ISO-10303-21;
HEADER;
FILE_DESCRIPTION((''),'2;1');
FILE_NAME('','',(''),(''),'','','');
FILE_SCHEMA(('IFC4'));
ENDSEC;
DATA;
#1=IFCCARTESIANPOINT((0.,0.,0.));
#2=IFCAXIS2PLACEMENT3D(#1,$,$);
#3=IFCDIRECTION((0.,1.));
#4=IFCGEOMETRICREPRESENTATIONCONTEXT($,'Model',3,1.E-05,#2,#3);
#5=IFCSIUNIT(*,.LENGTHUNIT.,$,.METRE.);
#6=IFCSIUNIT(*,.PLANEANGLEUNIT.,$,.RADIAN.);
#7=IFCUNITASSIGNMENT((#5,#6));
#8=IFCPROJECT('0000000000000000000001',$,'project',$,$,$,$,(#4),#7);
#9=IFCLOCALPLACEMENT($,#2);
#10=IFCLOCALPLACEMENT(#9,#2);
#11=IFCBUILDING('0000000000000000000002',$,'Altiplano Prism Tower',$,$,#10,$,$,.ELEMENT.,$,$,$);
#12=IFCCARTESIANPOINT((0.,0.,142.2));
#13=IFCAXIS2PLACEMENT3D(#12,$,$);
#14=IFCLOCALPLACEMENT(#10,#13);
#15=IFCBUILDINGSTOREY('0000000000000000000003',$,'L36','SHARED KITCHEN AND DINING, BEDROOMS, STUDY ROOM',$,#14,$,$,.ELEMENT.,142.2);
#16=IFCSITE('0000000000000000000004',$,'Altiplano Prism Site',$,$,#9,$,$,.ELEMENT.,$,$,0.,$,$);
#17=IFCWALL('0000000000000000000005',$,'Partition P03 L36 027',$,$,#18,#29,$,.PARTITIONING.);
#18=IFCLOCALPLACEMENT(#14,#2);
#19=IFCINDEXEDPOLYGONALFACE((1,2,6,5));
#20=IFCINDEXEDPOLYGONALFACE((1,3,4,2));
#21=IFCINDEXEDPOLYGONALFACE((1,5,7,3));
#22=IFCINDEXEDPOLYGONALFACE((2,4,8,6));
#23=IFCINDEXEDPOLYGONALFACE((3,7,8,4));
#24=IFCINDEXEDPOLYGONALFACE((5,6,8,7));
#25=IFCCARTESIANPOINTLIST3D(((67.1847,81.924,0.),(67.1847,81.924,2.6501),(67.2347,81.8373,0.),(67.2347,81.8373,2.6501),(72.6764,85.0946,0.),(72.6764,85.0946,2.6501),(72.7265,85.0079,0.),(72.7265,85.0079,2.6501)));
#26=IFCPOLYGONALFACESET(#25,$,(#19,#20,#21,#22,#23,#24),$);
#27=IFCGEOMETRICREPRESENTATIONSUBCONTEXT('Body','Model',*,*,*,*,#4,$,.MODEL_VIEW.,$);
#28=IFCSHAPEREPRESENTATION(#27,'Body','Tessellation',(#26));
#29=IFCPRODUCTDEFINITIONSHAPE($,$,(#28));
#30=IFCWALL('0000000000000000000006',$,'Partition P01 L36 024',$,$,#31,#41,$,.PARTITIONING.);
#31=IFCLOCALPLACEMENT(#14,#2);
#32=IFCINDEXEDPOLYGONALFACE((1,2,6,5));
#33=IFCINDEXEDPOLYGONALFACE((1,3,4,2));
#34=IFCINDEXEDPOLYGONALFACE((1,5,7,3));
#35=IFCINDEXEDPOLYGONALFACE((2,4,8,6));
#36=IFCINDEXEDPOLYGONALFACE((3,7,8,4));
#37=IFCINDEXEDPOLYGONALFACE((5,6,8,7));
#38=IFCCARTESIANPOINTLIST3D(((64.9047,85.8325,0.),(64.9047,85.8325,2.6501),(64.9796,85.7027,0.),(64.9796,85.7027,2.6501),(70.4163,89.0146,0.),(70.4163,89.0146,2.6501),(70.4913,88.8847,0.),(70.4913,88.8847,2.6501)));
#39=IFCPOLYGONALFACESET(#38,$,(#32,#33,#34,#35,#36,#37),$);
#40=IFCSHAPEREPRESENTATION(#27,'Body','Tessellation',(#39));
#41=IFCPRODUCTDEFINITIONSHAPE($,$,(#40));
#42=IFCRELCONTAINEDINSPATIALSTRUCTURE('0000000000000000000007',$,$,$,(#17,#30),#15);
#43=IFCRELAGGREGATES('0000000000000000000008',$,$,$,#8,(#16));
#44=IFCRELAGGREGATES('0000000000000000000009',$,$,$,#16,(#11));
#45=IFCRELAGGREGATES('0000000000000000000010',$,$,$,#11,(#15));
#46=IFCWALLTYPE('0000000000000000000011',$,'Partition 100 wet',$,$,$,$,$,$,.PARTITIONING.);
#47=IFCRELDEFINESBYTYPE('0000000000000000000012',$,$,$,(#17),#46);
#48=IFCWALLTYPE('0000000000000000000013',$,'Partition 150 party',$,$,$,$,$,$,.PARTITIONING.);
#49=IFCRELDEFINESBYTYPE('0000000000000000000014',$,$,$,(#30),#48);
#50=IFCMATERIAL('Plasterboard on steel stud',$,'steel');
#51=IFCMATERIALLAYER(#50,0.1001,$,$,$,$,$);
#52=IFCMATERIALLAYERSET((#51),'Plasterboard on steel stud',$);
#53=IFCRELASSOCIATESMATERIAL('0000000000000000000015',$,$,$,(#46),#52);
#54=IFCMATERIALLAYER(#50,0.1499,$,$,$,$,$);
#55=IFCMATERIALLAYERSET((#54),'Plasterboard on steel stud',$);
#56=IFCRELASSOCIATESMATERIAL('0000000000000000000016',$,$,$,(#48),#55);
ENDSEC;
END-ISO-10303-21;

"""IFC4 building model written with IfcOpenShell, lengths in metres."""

from ifc_helpers import new_model, si_unit, direction, frame, frame_2d, origin, place, context, subcontext, project, spatial, rectangle, extrude, material, layer, layer_set, type_object, element, save


model = new_model("IFC4")

# Units and contexts
model_context = context("Model", 3, precision=1e-05, world=origin(), true_north=direction((0.0, 1.0)))
body_context = subcontext(model_context, "Body", "Model", "MODEL_VIEW")
ifc_project = project(units=[si_unit("LENGTHUNIT", "METRE"), si_unit("PLANEANGLEUNIT", "RADIAN")], contexts=[model_context])

# Site, building, storey
site_placement = place(None, origin())
site = spatial("IfcSite", under=ifc_project, at=site_placement, Name="Altiplano Prism Site", CompositionType="ELEMENT", RefElevation=0.0)
building_placement = place(site_placement, origin())
building = spatial("IfcBuilding", under=site, at=building_placement, Name="Altiplano Prism Tower", CompositionType="ELEMENT")
storey_placement = place(building_placement, frame((0.0, 0.0, 142.2)))
storey = spatial("IfcBuildingStorey", under=building, at=storey_placement, Name="L36", Description="SHARED KITCHEN AND DINING, BEDROOMS, STUDY ROOM", CompositionType="ELEMENT", Elevation=142.2)

# Walls
ifc_material_1 = material(Name="Plasterboard on steel stud", Category="steel")
ifc_layer_1 = layer(ifc_material_1, 0.1001)
ifc_layer_set_1 = layer_set([ifc_layer_1], Name="Plasterboard on steel stud")
wall_type_1 = type_object("IfcWallType", Name="Partition 100 wet", PredefinedType="PARTITIONING", material=ifc_layer_set_1)
wall_1_placement = place(storey_placement, frame((67.2097, 81.8806, 0.0), z_axis=(0.0, 0.0, 1.0), x_axis=(0.866024, 0.500002, 0.0)))
element("IfcWall", 1, at=wall_1_placement, inside=storey, type_object=wall_type_1, Name="Partition P03 L36 027", PredefinedType="PARTITIONING", context=body_context, shape_type="SweptSolid", body=[
    extrude(rectangle(XDim=6.3413, YDim=0.1001, at=frame_2d((3.1707, 0.0))), origin(), (0.0, 0.0, 1.0), 2.6501),
])
ifc_layer_2 = layer(ifc_material_1, 0.1499)
ifc_layer_set_2 = layer_set([ifc_layer_2], Name="Plasterboard on steel stud")
wall_type_2 = type_object("IfcWallType", Name="Partition 150 party", PredefinedType="PARTITIONING", material=ifc_layer_set_2)
wall_2_placement = place(storey_placement, frame((64.9421, 85.7676, 0.0), z_axis=(0.0, 0.0, 1.0), x_axis=(0.86603, 0.499993, 0.0)))
element("IfcWall", 2, at=wall_2_placement, inside=storey, type_object=wall_type_2, Name="Partition P01 L36 024", PredefinedType="PARTITIONING", context=body_context, shape_type="SweptSolid", body=[
    extrude(rectangle(XDim=6.3643, YDim=0.1499, at=frame_2d((3.1821, 0.0))), origin(), (0.0, 0.0, 1.0), 2.6501),
])

save(model, "model.ifc")
